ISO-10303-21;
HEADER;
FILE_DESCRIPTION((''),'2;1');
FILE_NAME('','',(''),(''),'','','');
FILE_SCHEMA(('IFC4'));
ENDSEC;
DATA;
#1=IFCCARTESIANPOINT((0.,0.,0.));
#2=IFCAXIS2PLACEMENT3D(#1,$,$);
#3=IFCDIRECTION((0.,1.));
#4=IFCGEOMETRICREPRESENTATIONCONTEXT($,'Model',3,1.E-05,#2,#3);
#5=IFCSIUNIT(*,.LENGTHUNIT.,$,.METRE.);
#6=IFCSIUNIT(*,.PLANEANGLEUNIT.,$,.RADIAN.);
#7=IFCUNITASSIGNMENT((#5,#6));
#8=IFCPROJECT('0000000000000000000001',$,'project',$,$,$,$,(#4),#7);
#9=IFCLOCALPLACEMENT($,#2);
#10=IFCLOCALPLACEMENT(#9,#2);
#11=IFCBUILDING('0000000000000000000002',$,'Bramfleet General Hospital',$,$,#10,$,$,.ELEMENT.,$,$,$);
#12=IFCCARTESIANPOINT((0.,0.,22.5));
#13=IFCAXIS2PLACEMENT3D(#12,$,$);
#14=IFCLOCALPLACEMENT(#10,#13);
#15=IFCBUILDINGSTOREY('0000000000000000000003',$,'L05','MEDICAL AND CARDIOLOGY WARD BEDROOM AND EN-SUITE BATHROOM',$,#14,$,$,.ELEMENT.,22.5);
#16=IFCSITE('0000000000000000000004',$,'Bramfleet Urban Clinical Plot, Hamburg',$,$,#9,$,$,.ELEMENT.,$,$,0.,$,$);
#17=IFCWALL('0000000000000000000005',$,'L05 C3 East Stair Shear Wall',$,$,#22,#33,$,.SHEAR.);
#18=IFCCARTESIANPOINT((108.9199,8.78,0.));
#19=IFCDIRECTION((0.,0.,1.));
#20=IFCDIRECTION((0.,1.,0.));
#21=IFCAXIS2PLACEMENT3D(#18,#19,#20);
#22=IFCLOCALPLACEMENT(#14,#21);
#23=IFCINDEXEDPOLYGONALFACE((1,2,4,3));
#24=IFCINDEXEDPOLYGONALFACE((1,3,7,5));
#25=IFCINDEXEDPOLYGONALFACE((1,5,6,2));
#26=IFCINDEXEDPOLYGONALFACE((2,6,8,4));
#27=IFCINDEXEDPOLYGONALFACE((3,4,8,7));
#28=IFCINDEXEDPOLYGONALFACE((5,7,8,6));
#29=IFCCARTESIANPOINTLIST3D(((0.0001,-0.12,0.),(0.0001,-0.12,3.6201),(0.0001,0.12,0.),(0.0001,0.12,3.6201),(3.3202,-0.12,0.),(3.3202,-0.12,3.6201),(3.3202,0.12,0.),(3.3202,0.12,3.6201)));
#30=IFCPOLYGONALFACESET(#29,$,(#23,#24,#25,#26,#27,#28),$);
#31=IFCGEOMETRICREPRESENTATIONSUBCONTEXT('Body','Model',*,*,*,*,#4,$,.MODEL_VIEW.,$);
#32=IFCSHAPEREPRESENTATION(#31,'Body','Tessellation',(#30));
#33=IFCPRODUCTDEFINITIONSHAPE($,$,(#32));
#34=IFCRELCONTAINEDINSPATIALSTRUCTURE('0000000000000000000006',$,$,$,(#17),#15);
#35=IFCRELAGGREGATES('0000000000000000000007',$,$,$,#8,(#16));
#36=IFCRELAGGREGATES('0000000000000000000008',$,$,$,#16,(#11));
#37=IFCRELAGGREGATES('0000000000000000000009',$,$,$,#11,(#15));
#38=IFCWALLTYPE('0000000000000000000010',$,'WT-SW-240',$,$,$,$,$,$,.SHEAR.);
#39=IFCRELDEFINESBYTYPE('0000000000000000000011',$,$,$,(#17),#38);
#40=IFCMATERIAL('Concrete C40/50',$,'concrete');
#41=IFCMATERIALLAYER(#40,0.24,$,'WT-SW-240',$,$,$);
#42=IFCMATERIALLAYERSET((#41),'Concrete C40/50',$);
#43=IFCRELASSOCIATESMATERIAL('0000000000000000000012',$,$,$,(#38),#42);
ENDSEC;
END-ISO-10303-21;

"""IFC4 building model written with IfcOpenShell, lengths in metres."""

from ifc_helpers import new_model, si_unit, direction, frame, frame_2d, origin, place, context, subcontext, project, spatial, rectangle, extrude, material, layer, layer_set, type_object, element, save


model = new_model("IFC4")

# Units and contexts
model_context = context("Model", 3, precision=1e-05, world=origin(), true_north=direction((0.0, 1.0)))
body_context = subcontext(model_context, "Body", "Model", "MODEL_VIEW")
ifc_project = project(units=[si_unit("LENGTHUNIT", "METRE"), si_unit("PLANEANGLEUNIT", "RADIAN")], contexts=[model_context])

# Site, building, storey
site_placement = place(None, origin())
site = spatial("IfcSite", under=ifc_project, at=site_placement, Name="Bramfleet Urban Clinical Plot, Hamburg", CompositionType="ELEMENT", RefElevation=0.0)
building_placement = place(site_placement, origin())
building = spatial("IfcBuilding", under=site, at=building_placement, Name="Bramfleet General Hospital", CompositionType="ELEMENT")
storey_placement = place(building_placement, frame((0.0, 0.0, 22.5)))
storey = spatial("IfcBuildingStorey", under=building, at=storey_placement, Name="L05", Description="MEDICAL AND CARDIOLOGY WARD BEDROOM AND EN-SUITE BATHROOM", CompositionType="ELEMENT", Elevation=22.5)

# Shared definitions
ifc_material_1 = material(Name="Concrete C40/50", Category="concrete")

# Wall
ifc_layer_1 = layer(ifc_material_1, 0.24, Name="WT-SW-240")
ifc_layer_set_1 = layer_set([ifc_layer_1], Name="Concrete C40/50")
wall_type_1 = type_object("IfcWallType", Name="WT-SW-240", PredefinedType="SHEAR", material=ifc_layer_set_1)
wall_1_placement = place(storey_placement, frame((108.9199, 8.78, 0.0), z_axis=(0.0, 0.0, 1.0), x_axis=(0.0, 1.0, 0.0)))
element("IfcWall", 1, at=wall_1_placement, inside=storey, type_object=wall_type_1, Name="L05 C3 East Stair Shear Wall", PredefinedType="SHEAR", context=body_context, shape_type="SweptSolid", body=[
    extrude(rectangle(XDim=3.3201, YDim=0.24, at=frame_2d((1.6602, 0.0))), origin(), (0.0, 0.0, 1.0), 3.6201),
])

save(model, "model.ifc")
